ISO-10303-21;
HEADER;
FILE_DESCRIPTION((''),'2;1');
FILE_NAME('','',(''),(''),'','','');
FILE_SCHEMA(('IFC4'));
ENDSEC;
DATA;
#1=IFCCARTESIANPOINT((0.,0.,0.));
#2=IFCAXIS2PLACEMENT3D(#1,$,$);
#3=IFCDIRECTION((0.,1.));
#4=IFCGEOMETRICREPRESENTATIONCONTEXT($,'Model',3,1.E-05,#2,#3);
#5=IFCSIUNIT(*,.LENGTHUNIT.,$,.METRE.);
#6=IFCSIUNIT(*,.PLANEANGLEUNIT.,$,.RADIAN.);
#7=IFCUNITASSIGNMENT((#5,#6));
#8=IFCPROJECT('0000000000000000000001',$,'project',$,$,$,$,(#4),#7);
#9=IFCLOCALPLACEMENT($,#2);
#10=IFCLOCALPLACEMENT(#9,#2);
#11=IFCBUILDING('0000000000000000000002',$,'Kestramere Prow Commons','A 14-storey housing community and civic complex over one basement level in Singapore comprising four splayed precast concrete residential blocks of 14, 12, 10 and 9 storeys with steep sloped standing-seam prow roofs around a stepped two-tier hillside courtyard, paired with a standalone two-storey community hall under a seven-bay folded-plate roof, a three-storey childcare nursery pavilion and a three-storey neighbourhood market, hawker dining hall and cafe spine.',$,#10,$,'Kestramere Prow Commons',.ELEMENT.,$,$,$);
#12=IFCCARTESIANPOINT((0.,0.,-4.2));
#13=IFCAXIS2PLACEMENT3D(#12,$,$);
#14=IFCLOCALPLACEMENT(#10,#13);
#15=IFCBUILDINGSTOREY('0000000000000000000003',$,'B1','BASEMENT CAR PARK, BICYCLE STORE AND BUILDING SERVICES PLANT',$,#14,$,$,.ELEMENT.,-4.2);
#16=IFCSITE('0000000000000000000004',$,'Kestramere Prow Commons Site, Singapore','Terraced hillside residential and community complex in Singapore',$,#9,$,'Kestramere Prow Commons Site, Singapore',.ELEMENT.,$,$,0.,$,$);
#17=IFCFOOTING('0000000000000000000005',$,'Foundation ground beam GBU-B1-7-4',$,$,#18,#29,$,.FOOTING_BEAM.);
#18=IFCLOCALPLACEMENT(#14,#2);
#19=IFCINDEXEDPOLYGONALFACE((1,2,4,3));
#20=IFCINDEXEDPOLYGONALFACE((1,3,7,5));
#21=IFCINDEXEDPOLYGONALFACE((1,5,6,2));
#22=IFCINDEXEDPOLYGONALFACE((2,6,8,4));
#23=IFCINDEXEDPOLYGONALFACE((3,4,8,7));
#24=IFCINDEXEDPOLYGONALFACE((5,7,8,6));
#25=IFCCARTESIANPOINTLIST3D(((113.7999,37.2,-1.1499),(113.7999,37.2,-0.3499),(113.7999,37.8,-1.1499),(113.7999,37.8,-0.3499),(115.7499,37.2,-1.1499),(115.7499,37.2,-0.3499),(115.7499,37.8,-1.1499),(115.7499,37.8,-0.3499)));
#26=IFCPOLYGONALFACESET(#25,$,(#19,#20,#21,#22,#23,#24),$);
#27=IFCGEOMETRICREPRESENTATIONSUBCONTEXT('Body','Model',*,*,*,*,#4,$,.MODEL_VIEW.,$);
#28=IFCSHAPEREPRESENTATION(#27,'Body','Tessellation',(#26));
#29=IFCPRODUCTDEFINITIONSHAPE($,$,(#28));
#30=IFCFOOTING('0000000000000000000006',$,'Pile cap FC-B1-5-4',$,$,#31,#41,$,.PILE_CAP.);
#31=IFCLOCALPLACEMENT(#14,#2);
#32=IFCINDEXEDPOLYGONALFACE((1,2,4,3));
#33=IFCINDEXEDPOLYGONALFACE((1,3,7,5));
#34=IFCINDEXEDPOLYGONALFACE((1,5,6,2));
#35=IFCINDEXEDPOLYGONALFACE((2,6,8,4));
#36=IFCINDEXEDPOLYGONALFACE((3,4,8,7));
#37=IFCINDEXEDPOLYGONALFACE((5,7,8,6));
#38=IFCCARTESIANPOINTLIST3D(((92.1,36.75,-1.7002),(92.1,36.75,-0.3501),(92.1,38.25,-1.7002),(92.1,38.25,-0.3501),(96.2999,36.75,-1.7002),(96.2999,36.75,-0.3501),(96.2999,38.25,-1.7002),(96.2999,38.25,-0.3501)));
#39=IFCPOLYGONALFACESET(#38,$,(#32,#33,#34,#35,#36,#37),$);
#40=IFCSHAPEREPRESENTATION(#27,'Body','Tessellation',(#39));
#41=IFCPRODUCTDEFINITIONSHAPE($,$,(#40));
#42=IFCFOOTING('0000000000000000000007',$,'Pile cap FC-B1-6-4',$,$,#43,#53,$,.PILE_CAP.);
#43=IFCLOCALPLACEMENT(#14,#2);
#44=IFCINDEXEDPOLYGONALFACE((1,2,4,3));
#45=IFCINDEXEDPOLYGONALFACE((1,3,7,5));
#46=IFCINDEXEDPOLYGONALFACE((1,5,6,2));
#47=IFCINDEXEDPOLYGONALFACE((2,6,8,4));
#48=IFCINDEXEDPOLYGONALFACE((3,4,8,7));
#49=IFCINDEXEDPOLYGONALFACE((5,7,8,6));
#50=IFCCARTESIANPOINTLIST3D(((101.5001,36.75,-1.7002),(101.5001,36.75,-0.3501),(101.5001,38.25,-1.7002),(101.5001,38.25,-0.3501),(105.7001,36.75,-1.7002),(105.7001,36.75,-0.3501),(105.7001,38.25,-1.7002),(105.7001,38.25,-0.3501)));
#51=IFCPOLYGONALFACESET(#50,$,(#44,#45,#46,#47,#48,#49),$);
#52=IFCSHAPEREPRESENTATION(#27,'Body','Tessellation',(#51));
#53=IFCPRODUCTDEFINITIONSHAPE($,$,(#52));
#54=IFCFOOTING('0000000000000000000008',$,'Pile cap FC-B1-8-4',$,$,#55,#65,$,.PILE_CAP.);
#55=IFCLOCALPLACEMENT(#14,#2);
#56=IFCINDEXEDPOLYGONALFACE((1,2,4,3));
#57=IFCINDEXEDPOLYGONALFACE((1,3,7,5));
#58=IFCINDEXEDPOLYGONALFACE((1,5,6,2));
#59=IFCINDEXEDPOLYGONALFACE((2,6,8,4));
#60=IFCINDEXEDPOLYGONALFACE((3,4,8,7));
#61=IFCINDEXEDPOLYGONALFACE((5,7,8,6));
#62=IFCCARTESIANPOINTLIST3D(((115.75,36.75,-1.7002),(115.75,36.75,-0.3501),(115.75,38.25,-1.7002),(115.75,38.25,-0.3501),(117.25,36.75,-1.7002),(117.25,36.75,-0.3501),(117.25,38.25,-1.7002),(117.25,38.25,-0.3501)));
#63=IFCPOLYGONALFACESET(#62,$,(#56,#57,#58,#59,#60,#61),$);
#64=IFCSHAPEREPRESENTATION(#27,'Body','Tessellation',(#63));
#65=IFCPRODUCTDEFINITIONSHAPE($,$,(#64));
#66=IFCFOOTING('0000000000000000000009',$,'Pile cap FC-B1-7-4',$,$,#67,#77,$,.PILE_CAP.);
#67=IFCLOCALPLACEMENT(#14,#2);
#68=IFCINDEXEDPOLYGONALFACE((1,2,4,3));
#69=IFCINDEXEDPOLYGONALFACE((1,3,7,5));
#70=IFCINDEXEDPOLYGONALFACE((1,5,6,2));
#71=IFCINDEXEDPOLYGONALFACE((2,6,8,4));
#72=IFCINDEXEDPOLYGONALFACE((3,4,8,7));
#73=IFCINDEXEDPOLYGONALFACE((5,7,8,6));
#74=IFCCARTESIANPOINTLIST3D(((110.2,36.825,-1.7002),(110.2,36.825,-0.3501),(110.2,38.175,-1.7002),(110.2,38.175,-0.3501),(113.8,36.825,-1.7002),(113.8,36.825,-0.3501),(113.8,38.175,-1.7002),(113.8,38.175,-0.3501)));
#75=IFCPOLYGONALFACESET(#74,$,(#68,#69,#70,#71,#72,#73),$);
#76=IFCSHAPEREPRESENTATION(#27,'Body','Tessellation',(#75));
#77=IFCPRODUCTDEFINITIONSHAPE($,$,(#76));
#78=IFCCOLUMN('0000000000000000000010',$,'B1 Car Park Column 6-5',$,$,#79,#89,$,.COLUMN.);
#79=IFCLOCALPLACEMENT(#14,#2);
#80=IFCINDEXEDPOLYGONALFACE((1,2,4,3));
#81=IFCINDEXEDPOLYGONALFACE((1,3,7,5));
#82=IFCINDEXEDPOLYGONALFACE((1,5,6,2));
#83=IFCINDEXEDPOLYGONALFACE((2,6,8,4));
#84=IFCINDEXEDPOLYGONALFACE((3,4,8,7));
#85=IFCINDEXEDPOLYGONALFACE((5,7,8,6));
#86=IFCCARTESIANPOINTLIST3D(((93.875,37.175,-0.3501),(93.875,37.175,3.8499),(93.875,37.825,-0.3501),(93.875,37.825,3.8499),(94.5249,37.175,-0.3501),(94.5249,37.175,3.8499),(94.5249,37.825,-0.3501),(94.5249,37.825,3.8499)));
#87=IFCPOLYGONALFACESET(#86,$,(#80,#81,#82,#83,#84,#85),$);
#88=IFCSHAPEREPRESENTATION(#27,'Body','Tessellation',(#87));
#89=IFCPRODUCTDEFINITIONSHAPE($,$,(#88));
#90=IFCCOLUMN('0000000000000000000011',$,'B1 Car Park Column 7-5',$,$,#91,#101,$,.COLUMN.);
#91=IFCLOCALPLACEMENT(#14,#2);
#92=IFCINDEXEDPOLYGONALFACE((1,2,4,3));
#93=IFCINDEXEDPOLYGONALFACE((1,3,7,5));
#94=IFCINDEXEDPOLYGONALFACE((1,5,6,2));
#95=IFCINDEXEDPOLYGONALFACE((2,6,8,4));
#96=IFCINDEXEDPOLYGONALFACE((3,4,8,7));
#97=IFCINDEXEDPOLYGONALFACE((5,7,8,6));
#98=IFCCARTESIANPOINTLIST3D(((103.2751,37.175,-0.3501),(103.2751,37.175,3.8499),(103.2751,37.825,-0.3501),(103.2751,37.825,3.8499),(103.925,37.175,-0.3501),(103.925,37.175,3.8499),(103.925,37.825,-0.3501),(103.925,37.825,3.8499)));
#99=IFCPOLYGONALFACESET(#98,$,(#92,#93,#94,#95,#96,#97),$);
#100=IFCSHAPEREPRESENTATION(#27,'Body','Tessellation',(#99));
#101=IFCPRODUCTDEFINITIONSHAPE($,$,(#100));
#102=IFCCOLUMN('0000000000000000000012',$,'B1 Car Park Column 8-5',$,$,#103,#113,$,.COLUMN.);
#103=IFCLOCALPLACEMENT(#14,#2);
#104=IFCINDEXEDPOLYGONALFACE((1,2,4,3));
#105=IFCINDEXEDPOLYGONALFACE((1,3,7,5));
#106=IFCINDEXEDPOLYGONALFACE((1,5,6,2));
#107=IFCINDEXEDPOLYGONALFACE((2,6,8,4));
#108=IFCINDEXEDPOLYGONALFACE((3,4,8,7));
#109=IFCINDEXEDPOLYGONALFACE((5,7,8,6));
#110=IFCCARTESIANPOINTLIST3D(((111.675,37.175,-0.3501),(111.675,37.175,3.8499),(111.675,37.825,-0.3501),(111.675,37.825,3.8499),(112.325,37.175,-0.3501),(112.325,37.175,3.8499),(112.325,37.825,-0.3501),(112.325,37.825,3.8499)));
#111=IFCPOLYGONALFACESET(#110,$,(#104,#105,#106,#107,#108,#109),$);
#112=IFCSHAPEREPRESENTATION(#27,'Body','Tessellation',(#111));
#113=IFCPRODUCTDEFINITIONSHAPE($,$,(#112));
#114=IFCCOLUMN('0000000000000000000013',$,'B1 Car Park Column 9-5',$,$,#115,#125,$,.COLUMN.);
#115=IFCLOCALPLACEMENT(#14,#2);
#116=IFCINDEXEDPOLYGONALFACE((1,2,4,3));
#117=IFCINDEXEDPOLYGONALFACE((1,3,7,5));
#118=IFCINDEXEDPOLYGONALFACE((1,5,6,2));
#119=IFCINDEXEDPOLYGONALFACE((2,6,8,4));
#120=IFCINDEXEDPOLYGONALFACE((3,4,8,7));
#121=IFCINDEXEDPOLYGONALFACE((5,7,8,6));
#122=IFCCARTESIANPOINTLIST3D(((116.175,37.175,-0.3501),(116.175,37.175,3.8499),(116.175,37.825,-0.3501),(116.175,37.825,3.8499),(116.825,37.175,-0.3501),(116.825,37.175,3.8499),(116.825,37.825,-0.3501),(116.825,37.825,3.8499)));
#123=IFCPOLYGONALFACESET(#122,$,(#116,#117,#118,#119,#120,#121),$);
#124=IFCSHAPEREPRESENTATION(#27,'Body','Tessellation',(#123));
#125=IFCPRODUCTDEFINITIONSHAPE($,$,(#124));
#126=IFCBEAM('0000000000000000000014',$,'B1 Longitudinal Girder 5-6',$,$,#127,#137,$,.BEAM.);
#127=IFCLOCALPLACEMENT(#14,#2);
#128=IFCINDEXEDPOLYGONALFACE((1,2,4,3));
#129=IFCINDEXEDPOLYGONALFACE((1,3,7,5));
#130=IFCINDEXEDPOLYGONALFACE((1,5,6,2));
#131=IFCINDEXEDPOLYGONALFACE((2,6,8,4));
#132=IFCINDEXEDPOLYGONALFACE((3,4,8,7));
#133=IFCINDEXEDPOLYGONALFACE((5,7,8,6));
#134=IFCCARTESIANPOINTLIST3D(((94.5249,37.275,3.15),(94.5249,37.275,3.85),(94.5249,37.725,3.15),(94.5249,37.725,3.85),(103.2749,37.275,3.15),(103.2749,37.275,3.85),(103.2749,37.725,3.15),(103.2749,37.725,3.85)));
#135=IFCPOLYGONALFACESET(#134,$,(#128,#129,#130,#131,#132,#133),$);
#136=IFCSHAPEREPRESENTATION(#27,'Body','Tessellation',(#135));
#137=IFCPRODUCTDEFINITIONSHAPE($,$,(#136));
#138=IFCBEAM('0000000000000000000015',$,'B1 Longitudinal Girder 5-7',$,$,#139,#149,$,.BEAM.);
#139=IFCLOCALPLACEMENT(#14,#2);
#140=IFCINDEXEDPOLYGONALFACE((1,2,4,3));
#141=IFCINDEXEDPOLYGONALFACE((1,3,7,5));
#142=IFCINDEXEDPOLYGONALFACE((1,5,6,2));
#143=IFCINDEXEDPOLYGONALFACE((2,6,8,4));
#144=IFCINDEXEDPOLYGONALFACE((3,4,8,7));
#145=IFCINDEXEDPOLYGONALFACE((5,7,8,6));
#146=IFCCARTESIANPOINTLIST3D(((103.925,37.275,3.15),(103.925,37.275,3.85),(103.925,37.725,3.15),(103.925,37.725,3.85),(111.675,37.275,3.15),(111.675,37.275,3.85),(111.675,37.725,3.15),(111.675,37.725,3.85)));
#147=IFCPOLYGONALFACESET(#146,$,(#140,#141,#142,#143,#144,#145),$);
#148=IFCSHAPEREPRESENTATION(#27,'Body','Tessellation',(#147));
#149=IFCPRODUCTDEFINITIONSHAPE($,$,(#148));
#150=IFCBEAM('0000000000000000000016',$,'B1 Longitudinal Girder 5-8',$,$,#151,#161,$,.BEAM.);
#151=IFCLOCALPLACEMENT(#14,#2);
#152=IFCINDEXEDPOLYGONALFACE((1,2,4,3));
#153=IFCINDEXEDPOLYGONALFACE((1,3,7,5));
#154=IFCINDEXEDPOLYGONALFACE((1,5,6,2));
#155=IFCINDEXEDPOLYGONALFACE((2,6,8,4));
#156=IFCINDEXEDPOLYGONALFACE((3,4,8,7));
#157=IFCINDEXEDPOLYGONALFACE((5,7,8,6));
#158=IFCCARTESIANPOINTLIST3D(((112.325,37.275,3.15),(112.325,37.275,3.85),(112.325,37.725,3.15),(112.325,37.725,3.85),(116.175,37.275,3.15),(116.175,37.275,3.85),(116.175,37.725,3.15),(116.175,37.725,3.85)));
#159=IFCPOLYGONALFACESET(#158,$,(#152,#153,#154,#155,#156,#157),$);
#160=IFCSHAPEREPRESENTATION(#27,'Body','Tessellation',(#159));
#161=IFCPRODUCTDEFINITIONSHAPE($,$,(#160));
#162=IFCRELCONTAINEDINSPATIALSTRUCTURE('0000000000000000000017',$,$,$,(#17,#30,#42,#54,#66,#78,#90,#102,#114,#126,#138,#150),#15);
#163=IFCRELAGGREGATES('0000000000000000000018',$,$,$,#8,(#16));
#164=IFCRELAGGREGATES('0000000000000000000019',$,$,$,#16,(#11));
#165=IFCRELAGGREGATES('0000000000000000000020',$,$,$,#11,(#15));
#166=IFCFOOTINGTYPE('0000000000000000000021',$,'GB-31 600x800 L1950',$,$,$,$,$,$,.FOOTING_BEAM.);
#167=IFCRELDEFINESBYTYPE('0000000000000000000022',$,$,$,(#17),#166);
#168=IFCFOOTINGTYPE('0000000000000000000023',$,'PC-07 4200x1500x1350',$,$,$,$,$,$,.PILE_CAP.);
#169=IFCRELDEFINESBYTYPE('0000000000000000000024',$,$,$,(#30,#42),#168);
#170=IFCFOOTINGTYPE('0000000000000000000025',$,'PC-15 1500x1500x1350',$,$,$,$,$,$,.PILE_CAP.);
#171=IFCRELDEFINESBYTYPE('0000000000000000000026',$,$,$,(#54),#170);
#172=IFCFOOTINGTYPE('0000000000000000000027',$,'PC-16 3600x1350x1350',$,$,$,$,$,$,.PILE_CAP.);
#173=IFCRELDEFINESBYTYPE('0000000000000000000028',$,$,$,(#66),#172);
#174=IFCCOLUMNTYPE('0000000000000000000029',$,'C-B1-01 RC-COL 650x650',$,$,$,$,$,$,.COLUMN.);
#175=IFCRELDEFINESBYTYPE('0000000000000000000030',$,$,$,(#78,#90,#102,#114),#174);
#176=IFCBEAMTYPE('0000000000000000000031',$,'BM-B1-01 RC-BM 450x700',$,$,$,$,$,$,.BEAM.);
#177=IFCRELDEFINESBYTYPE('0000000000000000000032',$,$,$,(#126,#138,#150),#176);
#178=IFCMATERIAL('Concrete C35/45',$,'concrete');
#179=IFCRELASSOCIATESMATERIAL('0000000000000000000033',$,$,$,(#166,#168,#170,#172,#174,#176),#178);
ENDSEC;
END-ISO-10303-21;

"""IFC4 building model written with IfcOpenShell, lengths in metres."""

from ifc_helpers import new_model, si_unit, direction, frame, origin, origin_2d, place, context, subcontext, project, spatial, rectangle, extrude, material, material_profile, profile_set, type_object, element, save


model = new_model("IFC4")

# Units and contexts
model_context = context("Model", 3, precision=1e-05, world=origin(), true_north=direction((0.0, 1.0)))
body_context = subcontext(model_context, "Body", "Model", "MODEL_VIEW")
ifc_project = project(units=[si_unit("LENGTHUNIT", "METRE"), si_unit("PLANEANGLEUNIT", "RADIAN")], contexts=[model_context])

# Site, building, storey
site_placement = place(None, origin())
site = spatial("IfcSite", under=ifc_project, at=site_placement, Name="Kestramere Prow Commons Site, Singapore", Description="Terraced hillside residential and community complex in Singapore", LongName="Kestramere Prow Commons Site, Singapore", CompositionType="ELEMENT", RefElevation=0.0)
building_placement = place(site_placement, origin())
building = spatial("IfcBuilding", under=site, at=building_placement, Name="Kestramere Prow Commons", Description="A 14-storey housing community and civic complex over one basement level in Singapore comprising four splayed precast concrete residential blocks of 14, 12, 10 and 9 storeys with steep sloped standing-seam prow roofs around a stepped two-tier hillside courtyard, paired with a standalone two-storey community hall under a seven-bay folded-plate roof, a three-storey childcare nursery pavilion and a three-storey neighbourhood market, hawker dining hall and cafe spine.", LongName="Kestramere Prow Commons", CompositionType="ELEMENT")
storey_placement = place(building_placement, frame((0.0, 0.0, -4.2)))
storey = spatial("IfcBuildingStorey", under=building, at=storey_placement, Name="B1", Description="BASEMENT CAR PARK, BICYCLE STORE AND BUILDING SERVICES PLANT", CompositionType="ELEMENT", Elevation=-4.2)

# Shared definitions
ifc_material = material(Name="Concrete C35/45", Category="concrete")

# Footings
footing_type_1 = type_object("IfcFootingType", Name="GB-31 600x800 L1950", PredefinedType="FOOTING_BEAM", material=ifc_material)
footing_1_placement = place(storey_placement, frame((114.7749, 37.5, -1.1499), z_axis=(0.0, 0.0, 1.0), x_axis=(1.0, 0.0, 0.0)))
element("IfcFooting", 1, at=footing_1_placement, inside=storey, type_object=footing_type_1, Name="Foundation ground beam GBU-B1-7-4", PredefinedType="FOOTING_BEAM", context=body_context, shape_type="SweptSolid", body=[
    extrude(rectangle(XDim=1.95, YDim=0.6001, at=origin_2d()), origin(), (0.0, 0.0, 1.0), 0.8),
])
footing_type_2 = type_object("IfcFootingType", Name="PC-07 4200x1500x1350", PredefinedType="PILE_CAP", material=ifc_material)
for number, where, z_axis, x_axis, name in (
    (2, (94.2, 37.5, -1.7002), (0.0, 0.0, 1.0), (1.0, 0.0, 0.0), "Pile cap FC-B1-5-4"),
    (3, (103.6001, 37.5, -1.7002), (0.0, 0.0, 1.0), (1.0, 0.0, 0.0), "Pile cap FC-B1-6-4"),
):
    element("IfcFooting", number, at=place(storey_placement, frame(where, z_axis=z_axis, x_axis=x_axis)), inside=storey, type_object=footing_type_2, Name=name, PredefinedType="PILE_CAP", context=body_context, shape_type="SweptSolid", body=[
        extrude(rectangle(XDim=4.2, YDim=1.5, at=origin_2d()), origin(), (0.0, 0.0, 1.0), 1.3501),
    ])
footing_type_3 = type_object("IfcFootingType", Name="PC-15 1500x1500x1350", PredefinedType="PILE_CAP", material=ifc_material)
footing_2_placement = place(storey_placement, frame((116.5, 37.5, -1.7002), z_axis=(0.0, 0.0, 1.0), x_axis=(1.0, 0.0, 0.0)))
element("IfcFooting", 4, at=footing_2_placement, inside=storey, type_object=footing_type_3, Name="Pile cap FC-B1-8-4", PredefinedType="PILE_CAP", context=body_context, shape_type="SweptSolid", body=[
    extrude(rectangle(XDim=1.5, YDim=1.5, at=origin_2d()), origin(), (0.0, 0.0, 1.0), 1.3501),
])
footing_type_4 = type_object("IfcFootingType", Name="PC-16 3600x1350x1350", PredefinedType="PILE_CAP", material=ifc_material)
footing_3_placement = place(storey_placement, frame((112.0, 37.5, -1.7002), z_axis=(0.0, 0.0, 1.0), x_axis=(1.0, 0.0, 0.0)))
element("IfcFooting", 5, at=footing_3_placement, inside=storey, type_object=footing_type_4, Name="Pile cap FC-B1-7-4", PredefinedType="PILE_CAP", context=body_context, shape_type="SweptSolid", body=[
    extrude(rectangle(XDim=3.6001, YDim=1.3501, at=origin_2d()), origin(), (0.0, 0.0, 1.0), 1.3501),
])

# Columns
ifc_material_profile_1 = material_profile(ifc_material, rectangle(XDim=0.6499, YDim=0.6499, at=origin_2d()), Name="RC-COL 650x650")
ifc_profile_set_1 = profile_set([ifc_material_profile_1], Name="Concrete C35/45")
column_type = type_object("IfcColumnType", Name="C-B1-01 RC-COL 650x650", PredefinedType="COLUMN", material=ifc_profile_set_1)
for number, where, z_axis, x_axis, name in (
    (6, (94.2, 37.5, -0.3501), (0.0, 0.0, 1.0), (1.0, 0.0, 0.0), "B1 Car Park Column 6-5"),
    (7, (103.6001, 37.5, -0.3501), (0.0, 0.0, 1.0), (1.0, 0.0, 0.0), "B1 Car Park Column 7-5"),
    (8, (112.0, 37.5, -0.3501), (0.0, 0.0, 1.0), (1.0, 0.0, 0.0), "B1 Car Park Column 8-5"),
    (9, (116.5, 37.5, -0.3501), (0.0, 0.0, 1.0), (1.0, 0.0, 0.0), "B1 Car Park Column 9-5"),
):
    element("IfcColumn", number, at=place(storey_placement, frame(where, z_axis=z_axis, x_axis=x_axis)), inside=storey, type_object=column_type, Name=name, PredefinedType="COLUMN", context=body_context, shape_type="SweptSolid", body=[
        extrude(rectangle(XDim=0.6499, YDim=0.6499, at=origin_2d()), origin(), (0.0, 0.0, 1.0), 4.2),
    ])

# Beams
ifc_material_profile_2 = material_profile(ifc_material, rectangle(XDim=0.45, YDim=0.7, at=origin_2d()), Name="RC-BM 450x700")
ifc_profile_set_2 = profile_set([ifc_material_profile_2], Name="Concrete C35/45")
beam_type = type_object("IfcBeamType", Name="BM-B1-01 RC-BM 450x700", PredefinedType="BEAM", material=ifc_profile_set_2)
beam_1_placement = place(storey_placement, frame((94.5249, 37.5, 3.5), z_axis=(1.0, 0.0, 0.0), x_axis=(0.0, 1.0, 0.0)))
element("IfcBeam", 10, at=beam_1_placement, inside=storey, type_object=beam_type, Name="B1 Longitudinal Girder 5-6", PredefinedType="BEAM", context=body_context, shape_type="SweptSolid", body=[
    extrude(rectangle(XDim=0.45, YDim=0.7, at=origin_2d()), origin(), (0.0, 0.0, 1.0), 8.75),
])
beam_2_placement = place(storey_placement, frame((103.925, 37.5, 3.5), z_axis=(1.0, 0.0, 0.0), x_axis=(0.0, 1.0, 0.0)))
element("IfcBeam", 11, at=beam_2_placement, inside=storey, type_object=beam_type, Name="B1 Longitudinal Girder 5-7", PredefinedType="BEAM", context=body_context, shape_type="SweptSolid", body=[
    extrude(rectangle(XDim=0.45, YDim=0.7, at=origin_2d()), origin(), (0.0, 0.0, 1.0), 7.75),
])
beam_3_placement = place(storey_placement, frame((112.325, 37.5, 3.5), z_axis=(1.0, 0.0, 0.0), x_axis=(0.0, 1.0, 0.0)))
element("IfcBeam", 12, at=beam_3_placement, inside=storey, type_object=beam_type, Name="B1 Longitudinal Girder 5-8", PredefinedType="BEAM", context=body_context, shape_type="SweptSolid", body=[
    extrude(rectangle(XDim=0.45, YDim=0.7, at=origin_2d()), origin(), (0.0, 0.0, 1.0), 3.8501),
])

save(model, "model.ifc")
